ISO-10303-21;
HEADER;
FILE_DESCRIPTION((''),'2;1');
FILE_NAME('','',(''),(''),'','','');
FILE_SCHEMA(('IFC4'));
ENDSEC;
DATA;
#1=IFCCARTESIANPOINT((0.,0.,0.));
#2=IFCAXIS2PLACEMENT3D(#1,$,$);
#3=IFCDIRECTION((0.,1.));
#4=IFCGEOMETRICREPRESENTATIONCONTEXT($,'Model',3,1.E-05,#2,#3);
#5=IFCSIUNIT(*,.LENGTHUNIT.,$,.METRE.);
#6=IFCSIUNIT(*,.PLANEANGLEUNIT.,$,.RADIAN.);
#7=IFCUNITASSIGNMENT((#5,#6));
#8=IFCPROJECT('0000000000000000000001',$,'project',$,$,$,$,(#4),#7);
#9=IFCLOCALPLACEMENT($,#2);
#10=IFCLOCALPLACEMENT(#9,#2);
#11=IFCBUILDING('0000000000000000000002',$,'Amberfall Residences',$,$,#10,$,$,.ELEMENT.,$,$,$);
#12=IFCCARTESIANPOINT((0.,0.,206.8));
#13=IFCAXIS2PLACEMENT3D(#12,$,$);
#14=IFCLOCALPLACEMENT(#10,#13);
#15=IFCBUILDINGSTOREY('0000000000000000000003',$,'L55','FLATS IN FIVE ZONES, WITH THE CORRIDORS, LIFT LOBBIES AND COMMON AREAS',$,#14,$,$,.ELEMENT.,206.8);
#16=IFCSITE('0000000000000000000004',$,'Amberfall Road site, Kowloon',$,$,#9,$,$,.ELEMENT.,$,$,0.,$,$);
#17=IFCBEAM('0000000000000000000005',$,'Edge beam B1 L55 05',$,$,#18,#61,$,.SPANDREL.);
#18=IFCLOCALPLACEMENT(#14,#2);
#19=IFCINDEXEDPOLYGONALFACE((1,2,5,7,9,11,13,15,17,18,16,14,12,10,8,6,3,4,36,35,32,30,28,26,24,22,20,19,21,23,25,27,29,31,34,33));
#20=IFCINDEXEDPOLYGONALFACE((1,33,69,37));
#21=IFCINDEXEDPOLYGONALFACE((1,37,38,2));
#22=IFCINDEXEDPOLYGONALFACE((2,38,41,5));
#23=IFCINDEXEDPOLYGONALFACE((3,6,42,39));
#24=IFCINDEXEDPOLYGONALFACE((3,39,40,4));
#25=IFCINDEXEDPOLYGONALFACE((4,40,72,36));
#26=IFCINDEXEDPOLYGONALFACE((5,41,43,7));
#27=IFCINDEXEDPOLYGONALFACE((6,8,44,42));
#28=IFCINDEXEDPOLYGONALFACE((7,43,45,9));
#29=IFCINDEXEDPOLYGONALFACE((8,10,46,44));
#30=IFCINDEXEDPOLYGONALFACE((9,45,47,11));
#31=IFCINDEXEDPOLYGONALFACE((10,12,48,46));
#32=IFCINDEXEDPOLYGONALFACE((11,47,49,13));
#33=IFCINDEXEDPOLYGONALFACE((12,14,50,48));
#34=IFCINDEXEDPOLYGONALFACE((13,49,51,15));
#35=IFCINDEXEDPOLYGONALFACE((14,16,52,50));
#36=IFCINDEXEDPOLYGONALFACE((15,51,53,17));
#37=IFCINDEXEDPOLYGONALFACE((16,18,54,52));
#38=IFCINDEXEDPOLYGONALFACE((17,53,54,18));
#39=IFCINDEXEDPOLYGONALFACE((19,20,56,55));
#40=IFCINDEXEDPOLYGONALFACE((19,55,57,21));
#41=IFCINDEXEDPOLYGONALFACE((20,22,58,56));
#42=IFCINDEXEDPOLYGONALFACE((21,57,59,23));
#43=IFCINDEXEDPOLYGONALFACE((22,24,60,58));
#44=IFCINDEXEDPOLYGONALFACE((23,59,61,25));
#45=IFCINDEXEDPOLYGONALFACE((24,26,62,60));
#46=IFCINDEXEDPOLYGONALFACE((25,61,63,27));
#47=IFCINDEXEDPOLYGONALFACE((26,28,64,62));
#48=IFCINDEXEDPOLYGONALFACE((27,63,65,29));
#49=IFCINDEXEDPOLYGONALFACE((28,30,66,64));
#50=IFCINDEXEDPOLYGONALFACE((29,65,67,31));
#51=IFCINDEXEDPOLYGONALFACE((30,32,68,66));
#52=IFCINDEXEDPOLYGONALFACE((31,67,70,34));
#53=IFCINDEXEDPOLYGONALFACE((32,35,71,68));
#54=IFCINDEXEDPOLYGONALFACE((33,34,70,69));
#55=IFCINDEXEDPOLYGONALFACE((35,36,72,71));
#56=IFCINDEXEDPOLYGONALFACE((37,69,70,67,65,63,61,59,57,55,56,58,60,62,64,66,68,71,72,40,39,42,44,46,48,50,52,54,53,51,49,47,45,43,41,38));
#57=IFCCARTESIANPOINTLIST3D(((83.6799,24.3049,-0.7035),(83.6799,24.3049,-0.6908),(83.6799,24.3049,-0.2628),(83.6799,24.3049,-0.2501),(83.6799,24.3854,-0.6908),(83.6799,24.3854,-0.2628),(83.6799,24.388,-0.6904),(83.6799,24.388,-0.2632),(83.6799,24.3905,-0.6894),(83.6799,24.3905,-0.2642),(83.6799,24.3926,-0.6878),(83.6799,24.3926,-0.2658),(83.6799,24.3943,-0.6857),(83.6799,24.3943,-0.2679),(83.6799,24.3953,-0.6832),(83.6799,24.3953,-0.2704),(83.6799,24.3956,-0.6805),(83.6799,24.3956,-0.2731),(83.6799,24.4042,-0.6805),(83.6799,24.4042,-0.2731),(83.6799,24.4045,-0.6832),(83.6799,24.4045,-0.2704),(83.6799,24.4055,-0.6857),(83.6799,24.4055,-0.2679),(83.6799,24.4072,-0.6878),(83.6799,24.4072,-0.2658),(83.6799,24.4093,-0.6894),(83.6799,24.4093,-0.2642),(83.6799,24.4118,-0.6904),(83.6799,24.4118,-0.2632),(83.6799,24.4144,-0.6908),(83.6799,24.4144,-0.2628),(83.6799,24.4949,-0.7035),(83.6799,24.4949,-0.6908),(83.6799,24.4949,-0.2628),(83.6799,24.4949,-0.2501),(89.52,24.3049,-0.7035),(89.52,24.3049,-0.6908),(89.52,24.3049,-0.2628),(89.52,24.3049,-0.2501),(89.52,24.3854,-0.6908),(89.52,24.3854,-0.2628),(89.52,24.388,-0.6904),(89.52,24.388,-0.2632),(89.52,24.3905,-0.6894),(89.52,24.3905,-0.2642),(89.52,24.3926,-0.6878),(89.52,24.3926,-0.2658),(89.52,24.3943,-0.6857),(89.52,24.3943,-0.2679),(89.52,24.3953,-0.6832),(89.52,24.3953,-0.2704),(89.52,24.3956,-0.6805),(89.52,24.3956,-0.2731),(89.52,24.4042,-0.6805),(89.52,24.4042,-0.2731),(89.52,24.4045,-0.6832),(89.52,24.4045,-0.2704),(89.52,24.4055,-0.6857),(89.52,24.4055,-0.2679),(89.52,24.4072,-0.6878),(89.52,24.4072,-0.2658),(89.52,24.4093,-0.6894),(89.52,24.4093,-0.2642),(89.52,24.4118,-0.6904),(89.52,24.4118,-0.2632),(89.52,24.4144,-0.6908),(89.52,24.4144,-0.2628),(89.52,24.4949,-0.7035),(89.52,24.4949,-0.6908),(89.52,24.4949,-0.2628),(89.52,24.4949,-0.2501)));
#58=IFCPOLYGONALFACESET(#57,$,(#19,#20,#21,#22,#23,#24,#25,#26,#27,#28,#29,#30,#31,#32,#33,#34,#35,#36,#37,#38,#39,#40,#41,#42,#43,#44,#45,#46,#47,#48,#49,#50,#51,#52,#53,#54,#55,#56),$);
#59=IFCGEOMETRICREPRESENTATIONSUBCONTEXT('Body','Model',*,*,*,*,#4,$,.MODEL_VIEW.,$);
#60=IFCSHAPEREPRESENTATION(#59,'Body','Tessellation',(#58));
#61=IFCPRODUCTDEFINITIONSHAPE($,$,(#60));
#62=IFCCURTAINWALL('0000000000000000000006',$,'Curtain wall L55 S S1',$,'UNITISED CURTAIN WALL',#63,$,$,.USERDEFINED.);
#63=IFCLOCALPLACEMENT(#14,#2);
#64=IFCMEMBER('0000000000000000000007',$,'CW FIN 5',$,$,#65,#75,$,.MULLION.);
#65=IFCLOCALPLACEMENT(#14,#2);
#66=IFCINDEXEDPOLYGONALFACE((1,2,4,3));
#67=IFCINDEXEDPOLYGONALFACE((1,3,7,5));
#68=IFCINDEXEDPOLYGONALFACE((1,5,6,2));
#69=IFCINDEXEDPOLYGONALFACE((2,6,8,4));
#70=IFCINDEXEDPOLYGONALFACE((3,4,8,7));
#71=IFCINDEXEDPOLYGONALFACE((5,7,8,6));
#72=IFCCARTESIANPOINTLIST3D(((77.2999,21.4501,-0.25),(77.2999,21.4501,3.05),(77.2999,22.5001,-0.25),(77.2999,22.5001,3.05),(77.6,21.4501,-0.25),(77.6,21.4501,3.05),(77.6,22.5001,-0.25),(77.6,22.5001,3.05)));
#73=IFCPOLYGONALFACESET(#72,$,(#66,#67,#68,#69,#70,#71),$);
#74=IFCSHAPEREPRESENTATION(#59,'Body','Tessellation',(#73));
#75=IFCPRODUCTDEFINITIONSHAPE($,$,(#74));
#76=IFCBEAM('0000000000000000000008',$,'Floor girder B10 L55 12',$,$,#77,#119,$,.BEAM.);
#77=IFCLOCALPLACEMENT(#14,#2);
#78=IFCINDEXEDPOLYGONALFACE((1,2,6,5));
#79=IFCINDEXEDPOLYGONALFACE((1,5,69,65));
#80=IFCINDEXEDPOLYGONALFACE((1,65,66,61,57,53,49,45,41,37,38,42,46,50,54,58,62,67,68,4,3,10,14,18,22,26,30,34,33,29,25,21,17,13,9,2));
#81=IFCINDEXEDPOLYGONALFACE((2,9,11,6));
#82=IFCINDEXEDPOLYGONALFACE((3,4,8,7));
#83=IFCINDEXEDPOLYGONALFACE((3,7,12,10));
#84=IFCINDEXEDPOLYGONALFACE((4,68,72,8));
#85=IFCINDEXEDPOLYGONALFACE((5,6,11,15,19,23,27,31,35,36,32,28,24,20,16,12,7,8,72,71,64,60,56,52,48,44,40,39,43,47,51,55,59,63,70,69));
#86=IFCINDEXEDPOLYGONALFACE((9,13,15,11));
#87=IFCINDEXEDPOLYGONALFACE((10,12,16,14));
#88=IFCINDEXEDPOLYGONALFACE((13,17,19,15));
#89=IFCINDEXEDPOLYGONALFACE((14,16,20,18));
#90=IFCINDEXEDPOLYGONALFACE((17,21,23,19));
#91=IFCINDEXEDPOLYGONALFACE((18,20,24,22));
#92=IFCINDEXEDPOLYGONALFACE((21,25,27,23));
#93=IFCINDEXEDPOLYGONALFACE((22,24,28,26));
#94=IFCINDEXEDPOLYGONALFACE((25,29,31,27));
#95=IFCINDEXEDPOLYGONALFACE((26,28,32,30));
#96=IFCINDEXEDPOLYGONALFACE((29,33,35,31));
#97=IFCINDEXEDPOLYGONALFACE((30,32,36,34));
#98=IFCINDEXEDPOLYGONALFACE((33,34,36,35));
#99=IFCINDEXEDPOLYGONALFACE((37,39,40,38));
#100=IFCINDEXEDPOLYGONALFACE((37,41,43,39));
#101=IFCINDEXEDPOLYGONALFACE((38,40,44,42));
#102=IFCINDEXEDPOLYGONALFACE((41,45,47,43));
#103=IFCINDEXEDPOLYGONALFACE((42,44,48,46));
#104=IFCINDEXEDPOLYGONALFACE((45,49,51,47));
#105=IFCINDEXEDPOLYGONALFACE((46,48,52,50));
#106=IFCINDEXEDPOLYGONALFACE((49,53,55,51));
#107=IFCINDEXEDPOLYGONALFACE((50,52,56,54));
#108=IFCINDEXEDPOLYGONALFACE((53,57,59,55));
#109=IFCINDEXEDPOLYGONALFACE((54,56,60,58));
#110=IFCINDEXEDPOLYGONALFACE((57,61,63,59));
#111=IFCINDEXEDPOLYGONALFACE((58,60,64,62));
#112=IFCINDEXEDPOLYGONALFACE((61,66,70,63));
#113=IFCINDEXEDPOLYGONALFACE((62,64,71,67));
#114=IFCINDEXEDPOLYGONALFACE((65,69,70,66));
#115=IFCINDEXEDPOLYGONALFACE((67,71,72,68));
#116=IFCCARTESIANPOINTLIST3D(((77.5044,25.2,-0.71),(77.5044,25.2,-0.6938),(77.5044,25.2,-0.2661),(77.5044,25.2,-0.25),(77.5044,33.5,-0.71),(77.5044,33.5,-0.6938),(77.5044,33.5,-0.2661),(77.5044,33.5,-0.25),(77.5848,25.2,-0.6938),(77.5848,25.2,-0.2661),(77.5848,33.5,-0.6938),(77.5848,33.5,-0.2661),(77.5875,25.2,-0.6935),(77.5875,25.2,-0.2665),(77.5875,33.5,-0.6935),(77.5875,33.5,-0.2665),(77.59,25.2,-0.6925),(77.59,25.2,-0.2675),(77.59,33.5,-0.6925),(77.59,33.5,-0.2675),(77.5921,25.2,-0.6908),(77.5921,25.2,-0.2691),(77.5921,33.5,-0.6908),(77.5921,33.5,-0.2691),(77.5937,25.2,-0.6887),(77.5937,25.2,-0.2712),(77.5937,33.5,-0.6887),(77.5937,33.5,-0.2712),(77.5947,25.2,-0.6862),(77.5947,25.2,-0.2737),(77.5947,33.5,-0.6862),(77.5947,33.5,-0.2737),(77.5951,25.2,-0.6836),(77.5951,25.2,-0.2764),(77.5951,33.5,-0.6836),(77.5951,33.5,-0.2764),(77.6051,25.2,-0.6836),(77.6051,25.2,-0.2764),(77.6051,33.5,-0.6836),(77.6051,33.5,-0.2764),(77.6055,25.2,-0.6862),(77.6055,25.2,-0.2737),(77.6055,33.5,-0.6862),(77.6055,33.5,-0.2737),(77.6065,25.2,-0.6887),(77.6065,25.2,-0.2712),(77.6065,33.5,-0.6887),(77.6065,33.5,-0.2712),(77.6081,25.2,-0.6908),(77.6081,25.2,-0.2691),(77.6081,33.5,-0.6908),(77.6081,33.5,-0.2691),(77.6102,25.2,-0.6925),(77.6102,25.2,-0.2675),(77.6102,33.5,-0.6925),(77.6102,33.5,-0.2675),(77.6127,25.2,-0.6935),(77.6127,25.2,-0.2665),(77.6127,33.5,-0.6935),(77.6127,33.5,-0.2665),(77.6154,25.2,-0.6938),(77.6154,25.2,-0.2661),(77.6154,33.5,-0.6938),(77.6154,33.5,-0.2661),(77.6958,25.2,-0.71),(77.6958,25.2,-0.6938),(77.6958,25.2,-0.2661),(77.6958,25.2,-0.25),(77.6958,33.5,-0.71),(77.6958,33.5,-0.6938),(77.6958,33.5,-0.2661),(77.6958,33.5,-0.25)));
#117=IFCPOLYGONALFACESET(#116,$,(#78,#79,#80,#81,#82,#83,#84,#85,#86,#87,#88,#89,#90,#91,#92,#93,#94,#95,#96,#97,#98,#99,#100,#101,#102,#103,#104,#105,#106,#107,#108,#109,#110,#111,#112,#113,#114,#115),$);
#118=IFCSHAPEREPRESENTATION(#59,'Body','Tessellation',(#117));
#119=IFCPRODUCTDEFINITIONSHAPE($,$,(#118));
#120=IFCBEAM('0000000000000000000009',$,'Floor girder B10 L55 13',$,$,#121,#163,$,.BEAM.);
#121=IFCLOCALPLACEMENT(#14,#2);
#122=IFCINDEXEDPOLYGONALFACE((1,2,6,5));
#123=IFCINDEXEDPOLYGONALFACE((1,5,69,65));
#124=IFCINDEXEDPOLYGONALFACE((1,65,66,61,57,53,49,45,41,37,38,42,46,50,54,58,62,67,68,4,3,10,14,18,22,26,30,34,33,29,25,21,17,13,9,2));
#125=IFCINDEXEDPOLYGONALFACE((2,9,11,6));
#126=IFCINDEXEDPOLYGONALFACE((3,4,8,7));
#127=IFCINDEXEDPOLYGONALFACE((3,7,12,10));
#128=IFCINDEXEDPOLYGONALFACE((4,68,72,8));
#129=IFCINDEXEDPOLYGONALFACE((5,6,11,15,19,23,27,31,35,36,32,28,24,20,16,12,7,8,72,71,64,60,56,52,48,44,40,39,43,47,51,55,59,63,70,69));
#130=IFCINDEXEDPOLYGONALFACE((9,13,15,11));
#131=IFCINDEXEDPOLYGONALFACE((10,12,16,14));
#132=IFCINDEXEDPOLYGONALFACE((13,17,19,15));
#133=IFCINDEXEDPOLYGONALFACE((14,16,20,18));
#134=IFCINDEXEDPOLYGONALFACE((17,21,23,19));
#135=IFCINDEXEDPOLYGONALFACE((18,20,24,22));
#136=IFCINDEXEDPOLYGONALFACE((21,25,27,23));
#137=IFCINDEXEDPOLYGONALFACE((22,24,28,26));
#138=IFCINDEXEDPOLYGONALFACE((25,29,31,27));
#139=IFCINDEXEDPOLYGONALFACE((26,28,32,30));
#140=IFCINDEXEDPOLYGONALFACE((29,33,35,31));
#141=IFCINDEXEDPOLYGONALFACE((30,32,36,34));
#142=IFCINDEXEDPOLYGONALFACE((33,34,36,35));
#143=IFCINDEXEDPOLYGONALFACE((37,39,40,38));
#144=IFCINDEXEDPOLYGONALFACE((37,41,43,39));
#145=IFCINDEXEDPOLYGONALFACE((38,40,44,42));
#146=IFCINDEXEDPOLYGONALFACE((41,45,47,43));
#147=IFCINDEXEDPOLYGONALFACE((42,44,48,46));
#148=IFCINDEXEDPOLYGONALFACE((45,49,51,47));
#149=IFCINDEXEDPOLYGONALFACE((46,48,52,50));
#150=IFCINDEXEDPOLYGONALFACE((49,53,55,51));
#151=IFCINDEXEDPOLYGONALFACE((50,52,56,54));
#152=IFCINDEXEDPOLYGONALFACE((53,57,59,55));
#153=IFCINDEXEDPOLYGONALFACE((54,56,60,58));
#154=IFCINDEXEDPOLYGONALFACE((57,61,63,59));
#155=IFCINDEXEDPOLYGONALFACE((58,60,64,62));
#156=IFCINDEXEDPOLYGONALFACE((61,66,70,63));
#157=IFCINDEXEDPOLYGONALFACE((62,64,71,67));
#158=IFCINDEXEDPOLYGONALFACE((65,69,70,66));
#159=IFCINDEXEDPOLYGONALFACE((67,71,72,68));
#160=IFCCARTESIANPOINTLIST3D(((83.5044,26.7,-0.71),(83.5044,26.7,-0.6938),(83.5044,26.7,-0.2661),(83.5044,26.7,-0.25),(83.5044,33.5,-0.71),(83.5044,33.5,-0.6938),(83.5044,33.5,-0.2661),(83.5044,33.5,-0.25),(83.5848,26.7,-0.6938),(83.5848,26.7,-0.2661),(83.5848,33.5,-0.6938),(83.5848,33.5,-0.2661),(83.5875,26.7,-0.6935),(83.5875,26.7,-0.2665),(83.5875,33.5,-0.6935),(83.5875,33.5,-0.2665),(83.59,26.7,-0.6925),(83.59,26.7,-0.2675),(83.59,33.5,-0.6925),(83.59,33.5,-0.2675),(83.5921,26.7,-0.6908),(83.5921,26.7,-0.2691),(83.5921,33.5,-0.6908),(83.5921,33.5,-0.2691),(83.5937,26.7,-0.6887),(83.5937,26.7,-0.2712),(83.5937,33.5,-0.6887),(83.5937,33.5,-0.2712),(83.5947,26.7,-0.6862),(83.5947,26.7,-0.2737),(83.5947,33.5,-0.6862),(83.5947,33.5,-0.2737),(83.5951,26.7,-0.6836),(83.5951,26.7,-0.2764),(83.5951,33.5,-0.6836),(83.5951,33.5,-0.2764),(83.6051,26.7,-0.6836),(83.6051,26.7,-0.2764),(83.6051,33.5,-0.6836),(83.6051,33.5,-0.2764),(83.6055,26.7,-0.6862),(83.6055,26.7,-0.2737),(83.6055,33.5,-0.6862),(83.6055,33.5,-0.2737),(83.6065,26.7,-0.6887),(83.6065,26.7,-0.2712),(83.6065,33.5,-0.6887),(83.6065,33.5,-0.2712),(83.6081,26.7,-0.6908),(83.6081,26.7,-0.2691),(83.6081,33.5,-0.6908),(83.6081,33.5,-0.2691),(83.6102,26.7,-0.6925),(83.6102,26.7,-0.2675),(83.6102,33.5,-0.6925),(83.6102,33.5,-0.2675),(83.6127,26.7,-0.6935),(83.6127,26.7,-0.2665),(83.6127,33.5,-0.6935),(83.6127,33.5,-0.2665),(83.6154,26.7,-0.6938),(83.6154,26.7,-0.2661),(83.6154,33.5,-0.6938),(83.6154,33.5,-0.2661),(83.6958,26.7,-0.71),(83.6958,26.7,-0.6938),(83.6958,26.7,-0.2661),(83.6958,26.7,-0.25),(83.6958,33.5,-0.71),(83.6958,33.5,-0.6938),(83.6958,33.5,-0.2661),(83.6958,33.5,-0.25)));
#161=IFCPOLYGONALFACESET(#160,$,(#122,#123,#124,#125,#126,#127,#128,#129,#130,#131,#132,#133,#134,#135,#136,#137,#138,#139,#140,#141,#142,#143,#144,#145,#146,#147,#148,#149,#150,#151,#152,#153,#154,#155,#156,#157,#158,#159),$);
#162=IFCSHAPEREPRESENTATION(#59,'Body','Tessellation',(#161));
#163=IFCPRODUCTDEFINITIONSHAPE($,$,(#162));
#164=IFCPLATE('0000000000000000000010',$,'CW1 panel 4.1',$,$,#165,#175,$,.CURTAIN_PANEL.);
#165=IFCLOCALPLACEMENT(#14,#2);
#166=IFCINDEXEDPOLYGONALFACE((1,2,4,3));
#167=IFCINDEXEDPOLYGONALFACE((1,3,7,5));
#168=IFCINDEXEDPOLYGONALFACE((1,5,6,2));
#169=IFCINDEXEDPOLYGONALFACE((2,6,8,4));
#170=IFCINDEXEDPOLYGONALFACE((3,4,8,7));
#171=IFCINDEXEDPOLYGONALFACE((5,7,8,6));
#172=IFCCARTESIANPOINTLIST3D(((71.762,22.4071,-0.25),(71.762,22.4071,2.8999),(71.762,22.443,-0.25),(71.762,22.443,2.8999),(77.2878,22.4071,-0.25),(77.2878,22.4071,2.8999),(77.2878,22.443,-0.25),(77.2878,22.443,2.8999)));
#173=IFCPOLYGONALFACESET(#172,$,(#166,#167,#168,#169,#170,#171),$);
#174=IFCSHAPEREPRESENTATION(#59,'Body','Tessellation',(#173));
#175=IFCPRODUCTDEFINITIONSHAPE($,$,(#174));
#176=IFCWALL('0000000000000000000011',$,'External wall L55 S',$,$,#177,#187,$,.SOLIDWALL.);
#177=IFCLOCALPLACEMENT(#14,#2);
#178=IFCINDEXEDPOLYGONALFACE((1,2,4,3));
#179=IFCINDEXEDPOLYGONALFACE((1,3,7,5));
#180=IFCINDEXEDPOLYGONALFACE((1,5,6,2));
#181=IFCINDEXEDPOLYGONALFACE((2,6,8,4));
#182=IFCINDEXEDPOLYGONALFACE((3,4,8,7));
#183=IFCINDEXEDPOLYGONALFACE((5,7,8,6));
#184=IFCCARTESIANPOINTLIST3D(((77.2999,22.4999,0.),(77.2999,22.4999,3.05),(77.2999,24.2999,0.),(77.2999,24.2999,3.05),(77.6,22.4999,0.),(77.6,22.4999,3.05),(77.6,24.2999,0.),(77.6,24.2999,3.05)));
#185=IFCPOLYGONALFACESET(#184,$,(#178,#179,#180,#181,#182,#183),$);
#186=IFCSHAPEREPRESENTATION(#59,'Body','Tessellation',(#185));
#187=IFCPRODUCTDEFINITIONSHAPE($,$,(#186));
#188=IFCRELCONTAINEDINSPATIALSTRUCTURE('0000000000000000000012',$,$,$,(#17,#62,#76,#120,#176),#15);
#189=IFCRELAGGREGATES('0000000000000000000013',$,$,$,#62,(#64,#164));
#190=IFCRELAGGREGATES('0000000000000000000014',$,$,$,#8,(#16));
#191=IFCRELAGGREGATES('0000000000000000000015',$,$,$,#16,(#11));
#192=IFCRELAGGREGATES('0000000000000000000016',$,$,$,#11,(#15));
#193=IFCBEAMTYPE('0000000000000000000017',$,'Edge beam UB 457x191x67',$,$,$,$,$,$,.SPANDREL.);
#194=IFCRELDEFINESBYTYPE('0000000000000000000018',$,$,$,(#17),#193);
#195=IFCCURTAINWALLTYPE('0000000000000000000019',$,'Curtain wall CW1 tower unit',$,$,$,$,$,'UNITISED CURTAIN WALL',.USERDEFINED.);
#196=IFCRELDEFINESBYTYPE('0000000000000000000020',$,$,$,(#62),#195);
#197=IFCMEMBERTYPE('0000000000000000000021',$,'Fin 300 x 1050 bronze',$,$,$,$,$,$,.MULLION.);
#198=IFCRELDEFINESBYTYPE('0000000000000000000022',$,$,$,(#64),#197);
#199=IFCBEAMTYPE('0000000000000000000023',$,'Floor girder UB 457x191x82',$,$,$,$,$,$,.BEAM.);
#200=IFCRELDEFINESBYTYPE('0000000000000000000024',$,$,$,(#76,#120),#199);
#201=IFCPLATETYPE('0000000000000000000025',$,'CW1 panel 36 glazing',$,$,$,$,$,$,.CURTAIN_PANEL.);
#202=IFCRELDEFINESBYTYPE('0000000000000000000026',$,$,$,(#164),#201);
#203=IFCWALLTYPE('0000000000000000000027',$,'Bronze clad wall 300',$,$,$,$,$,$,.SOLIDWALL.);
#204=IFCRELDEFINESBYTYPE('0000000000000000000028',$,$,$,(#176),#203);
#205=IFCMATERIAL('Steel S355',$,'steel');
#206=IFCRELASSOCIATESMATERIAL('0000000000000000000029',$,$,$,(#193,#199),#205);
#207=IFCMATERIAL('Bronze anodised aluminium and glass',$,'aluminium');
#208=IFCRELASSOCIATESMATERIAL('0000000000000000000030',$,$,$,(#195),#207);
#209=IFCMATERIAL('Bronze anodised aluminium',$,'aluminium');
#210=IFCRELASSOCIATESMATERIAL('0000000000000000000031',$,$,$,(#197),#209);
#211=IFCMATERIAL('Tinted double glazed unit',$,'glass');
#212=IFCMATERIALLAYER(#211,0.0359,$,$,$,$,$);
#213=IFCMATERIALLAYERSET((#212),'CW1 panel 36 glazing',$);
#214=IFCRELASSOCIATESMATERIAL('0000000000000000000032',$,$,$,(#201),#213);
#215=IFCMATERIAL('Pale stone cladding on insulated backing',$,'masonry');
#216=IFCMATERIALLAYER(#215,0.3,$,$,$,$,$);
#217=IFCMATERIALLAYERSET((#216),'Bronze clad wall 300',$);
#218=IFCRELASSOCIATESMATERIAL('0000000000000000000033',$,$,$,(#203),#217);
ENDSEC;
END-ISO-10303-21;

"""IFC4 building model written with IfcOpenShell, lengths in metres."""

from ifc_helpers import new_model, si_unit, direction, frame, frame_2d, origin, origin_2d, place, context, subcontext, project, spatial, rectangle, i_section, extrude, material, layer, layer_set, material_profile, profile_set, type_object, element, aggregate, save


model = new_model("IFC4")

# Units and contexts
model_context = context("Model", 3, precision=1e-05, world=origin(), true_north=direction((0.0, 1.0)))
body_context = subcontext(model_context, "Body", "Model", "MODEL_VIEW")
ifc_project = project(units=[si_unit("LENGTHUNIT", "METRE"), si_unit("PLANEANGLEUNIT", "RADIAN")], contexts=[model_context])

# Site, building, storey
site_placement = place(None, origin())
site = spatial("IfcSite", under=ifc_project, at=site_placement, Name="Amberfall Road site, Kowloon", CompositionType="ELEMENT", RefElevation=0.0)
building_placement = place(site_placement, origin())
building = spatial("IfcBuilding", under=site, at=building_placement, Name="Amberfall Residences", CompositionType="ELEMENT")
storey_placement = place(building_placement, frame((0.0, 0.0, 206.8)))
storey = spatial("IfcBuildingStorey", under=building, at=storey_placement, Name="L55", Description="FLATS IN FIVE ZONES, WITH THE CORRIDORS, LIFT LOBBIES AND COMMON AREAS", CompositionType="ELEMENT", Elevation=206.8)

# Beam
ifc_material_1 = material(Name="Steel S355", Category="steel")
ifc_material_profile_1 = material_profile(ifc_material_1, i_section(OverallWidth=0.1899, OverallDepth=0.4534, WebThickness=0.0085, FlangeThickness=0.0127, FilletRadius=0.0103, at=origin_2d()), Name="UB 457x191x67")
ifc_profile_set_1 = profile_set([ifc_material_profile_1], Name="Steel S355")
beam_type_1 = type_object("IfcBeamType", Name="Edge beam UB 457x191x67", PredefinedType="SPANDREL", material=ifc_profile_set_1)
beam_1_placement = place(storey_placement, frame((83.6799, 24.3999, -0.4768), z_axis=(1.0, 0.0, 0.0), x_axis=(0.0, 1.0, 0.0)))
element("IfcBeam", 1, at=beam_1_placement, inside=storey, type_object=beam_type_1, Name="Edge beam B1 L55 05", PredefinedType="SPANDREL", context=body_context, shape_type="SweptSolid", body=[
    extrude(i_section(OverallWidth=0.1899, OverallDepth=0.4534, WebThickness=0.0085, FlangeThickness=0.0127, FilletRadius=0.0103, at=origin_2d()), origin(), (0.0, 0.0, 1.0), 5.8401),
])

# Curtain wall, member
ifc_material_2 = material(Name="Bronze anodised aluminium and glass", Category="aluminium")
curtain_wall_type = type_object("IfcCurtainWallType", Name="Curtain wall CW1 tower unit", ElementType="UNITISED CURTAIN WALL", PredefinedType="USERDEFINED", material=ifc_material_2)
curtain_wall_placement = place(storey_placement, origin())
curtain_wall = element("IfcCurtainWall", 2, at=curtain_wall_placement, inside=storey, type_object=curtain_wall_type, Name="Curtain wall L55 S S1", ObjectType="UNITISED CURTAIN WALL", PredefinedType="USERDEFINED")
ifc_material_3 = material(Name="Bronze anodised aluminium", Category="aluminium")
ifc_material_profile_2 = material_profile(ifc_material_3, rectangle(XDim=1.05, YDim=0.3, at=origin_2d()), Name="Fin 300 x 1050 bronze")
ifc_profile_set_2 = profile_set([ifc_material_profile_2], Name="Bronze anodised aluminium")
member_type = type_object("IfcMemberType", Name="Fin 300 x 1050 bronze", PredefinedType="MULLION", material=ifc_profile_set_2)
member_placement = place(storey_placement, frame((77.45, 21.9751, -0.25), z_axis=(0.0, 0.0, 1.0), x_axis=(0.0, 1.0, 0.0)))
member = element("IfcMember", 3, at=member_placement, type_object=member_type, Name="CW FIN 5", PredefinedType="MULLION", context=body_context, shape_type="SweptSolid", body=[
    extrude(rectangle(XDim=1.05, YDim=0.3, at=origin_2d()), origin(), (0.0, 0.0, 1.0), 3.3),
])

# Beams
ifc_material_profile_3 = material_profile(ifc_material_1, i_section(OverallWidth=0.1914, OverallDepth=0.46, WebThickness=0.01, FlangeThickness=0.0161, FilletRadius=0.0103, at=origin_2d()), Name="UB 457x191x82")
ifc_profile_set_3 = profile_set([ifc_material_profile_3], Name="Steel S355")
beam_type_2 = type_object("IfcBeamType", Name="Floor girder UB 457x191x82", PredefinedType="BEAM", material=ifc_profile_set_3)
beam_2_placement = place(storey_placement, frame((77.6001, 25.2, -0.48), z_axis=(0.0, 1.0, 0.0), x_axis=(-1.0, 0.0, 0.0)))
element("IfcBeam", 4, at=beam_2_placement, inside=storey, type_object=beam_type_2, Name="Floor girder B10 L55 12", PredefinedType="BEAM", context=body_context, shape_type="SweptSolid", body=[
    extrude(i_section(OverallWidth=0.1914, OverallDepth=0.46, WebThickness=0.01, FlangeThickness=0.0161, FilletRadius=0.0103, at=origin_2d()), origin(), (0.0, 0.0, 1.0), 8.3),
])
beam_3_placement = place(storey_placement, frame((83.6001, 26.7, -0.48), z_axis=(0.0, 1.0, 0.0), x_axis=(-1.0, 0.0, 0.0)))
element("IfcBeam", 5, at=beam_3_placement, inside=storey, type_object=beam_type_2, Name="Floor girder B10 L55 13", PredefinedType="BEAM", context=body_context, shape_type="SweptSolid", body=[
    extrude(i_section(OverallWidth=0.1914, OverallDepth=0.46, WebThickness=0.01, FlangeThickness=0.0161, FilletRadius=0.0103, at=origin_2d()), origin(), (0.0, 0.0, 1.0), 6.8),
])

# Plate
ifc_material_4 = material(Name="Tinted double glazed unit", Category="glass")
ifc_layer_1 = layer(ifc_material_4, 0.0359)
ifc_layer_set_1 = layer_set([ifc_layer_1], Name="CW1 panel 36 glazing")
plate_type = type_object("IfcPlateType", Name="CW1 panel 36 glazing", PredefinedType="CURTAIN_PANEL", material=ifc_layer_set_1)
plate_placement = place(storey_placement, frame((74.5249, 22.425, -0.25), z_axis=(0.0, 0.0, 1.0), x_axis=(1.0, 0.0, 0.0)))
plate = element("IfcPlate", 6, at=plate_placement, type_object=plate_type, Name="CW1 panel 4.1", PredefinedType="CURTAIN_PANEL", context=body_context, shape_type="SweptSolid", body=[
    extrude(rectangle(XDim=5.5259, YDim=0.0359, at=origin_2d()), origin(), (0.0, 0.0, 1.0), 3.1499),
])
aggregate(curtain_wall, [member, plate])

# Wall
ifc_material_5 = material(Name="Pale stone cladding on insulated backing", Category="masonry")
ifc_layer_2 = layer(ifc_material_5, 0.3)
ifc_layer_set_2 = layer_set([ifc_layer_2], Name="Bronze clad wall 300")
wall_type_1 = type_object("IfcWallType", Name="Bronze clad wall 300", PredefinedType="SOLIDWALL", material=ifc_layer_set_2)
wall_1_placement = place(storey_placement, frame((77.45, 22.5, 0.0), z_axis=(0.0, 0.0, 1.0), x_axis=(0.0, 1.0, 0.0)))
element("IfcWall", 7, at=wall_1_placement, inside=storey, type_object=wall_type_1, Name="External wall L55 S", PredefinedType="SOLIDWALL", context=body_context, shape_type="SweptSolid", body=[
    extrude(rectangle(XDim=1.8, YDim=0.3, at=frame_2d((0.8999, 0.0))), origin(), (0.0, 0.0, 1.0), 3.05),
])

save(model, "model.ifc")
